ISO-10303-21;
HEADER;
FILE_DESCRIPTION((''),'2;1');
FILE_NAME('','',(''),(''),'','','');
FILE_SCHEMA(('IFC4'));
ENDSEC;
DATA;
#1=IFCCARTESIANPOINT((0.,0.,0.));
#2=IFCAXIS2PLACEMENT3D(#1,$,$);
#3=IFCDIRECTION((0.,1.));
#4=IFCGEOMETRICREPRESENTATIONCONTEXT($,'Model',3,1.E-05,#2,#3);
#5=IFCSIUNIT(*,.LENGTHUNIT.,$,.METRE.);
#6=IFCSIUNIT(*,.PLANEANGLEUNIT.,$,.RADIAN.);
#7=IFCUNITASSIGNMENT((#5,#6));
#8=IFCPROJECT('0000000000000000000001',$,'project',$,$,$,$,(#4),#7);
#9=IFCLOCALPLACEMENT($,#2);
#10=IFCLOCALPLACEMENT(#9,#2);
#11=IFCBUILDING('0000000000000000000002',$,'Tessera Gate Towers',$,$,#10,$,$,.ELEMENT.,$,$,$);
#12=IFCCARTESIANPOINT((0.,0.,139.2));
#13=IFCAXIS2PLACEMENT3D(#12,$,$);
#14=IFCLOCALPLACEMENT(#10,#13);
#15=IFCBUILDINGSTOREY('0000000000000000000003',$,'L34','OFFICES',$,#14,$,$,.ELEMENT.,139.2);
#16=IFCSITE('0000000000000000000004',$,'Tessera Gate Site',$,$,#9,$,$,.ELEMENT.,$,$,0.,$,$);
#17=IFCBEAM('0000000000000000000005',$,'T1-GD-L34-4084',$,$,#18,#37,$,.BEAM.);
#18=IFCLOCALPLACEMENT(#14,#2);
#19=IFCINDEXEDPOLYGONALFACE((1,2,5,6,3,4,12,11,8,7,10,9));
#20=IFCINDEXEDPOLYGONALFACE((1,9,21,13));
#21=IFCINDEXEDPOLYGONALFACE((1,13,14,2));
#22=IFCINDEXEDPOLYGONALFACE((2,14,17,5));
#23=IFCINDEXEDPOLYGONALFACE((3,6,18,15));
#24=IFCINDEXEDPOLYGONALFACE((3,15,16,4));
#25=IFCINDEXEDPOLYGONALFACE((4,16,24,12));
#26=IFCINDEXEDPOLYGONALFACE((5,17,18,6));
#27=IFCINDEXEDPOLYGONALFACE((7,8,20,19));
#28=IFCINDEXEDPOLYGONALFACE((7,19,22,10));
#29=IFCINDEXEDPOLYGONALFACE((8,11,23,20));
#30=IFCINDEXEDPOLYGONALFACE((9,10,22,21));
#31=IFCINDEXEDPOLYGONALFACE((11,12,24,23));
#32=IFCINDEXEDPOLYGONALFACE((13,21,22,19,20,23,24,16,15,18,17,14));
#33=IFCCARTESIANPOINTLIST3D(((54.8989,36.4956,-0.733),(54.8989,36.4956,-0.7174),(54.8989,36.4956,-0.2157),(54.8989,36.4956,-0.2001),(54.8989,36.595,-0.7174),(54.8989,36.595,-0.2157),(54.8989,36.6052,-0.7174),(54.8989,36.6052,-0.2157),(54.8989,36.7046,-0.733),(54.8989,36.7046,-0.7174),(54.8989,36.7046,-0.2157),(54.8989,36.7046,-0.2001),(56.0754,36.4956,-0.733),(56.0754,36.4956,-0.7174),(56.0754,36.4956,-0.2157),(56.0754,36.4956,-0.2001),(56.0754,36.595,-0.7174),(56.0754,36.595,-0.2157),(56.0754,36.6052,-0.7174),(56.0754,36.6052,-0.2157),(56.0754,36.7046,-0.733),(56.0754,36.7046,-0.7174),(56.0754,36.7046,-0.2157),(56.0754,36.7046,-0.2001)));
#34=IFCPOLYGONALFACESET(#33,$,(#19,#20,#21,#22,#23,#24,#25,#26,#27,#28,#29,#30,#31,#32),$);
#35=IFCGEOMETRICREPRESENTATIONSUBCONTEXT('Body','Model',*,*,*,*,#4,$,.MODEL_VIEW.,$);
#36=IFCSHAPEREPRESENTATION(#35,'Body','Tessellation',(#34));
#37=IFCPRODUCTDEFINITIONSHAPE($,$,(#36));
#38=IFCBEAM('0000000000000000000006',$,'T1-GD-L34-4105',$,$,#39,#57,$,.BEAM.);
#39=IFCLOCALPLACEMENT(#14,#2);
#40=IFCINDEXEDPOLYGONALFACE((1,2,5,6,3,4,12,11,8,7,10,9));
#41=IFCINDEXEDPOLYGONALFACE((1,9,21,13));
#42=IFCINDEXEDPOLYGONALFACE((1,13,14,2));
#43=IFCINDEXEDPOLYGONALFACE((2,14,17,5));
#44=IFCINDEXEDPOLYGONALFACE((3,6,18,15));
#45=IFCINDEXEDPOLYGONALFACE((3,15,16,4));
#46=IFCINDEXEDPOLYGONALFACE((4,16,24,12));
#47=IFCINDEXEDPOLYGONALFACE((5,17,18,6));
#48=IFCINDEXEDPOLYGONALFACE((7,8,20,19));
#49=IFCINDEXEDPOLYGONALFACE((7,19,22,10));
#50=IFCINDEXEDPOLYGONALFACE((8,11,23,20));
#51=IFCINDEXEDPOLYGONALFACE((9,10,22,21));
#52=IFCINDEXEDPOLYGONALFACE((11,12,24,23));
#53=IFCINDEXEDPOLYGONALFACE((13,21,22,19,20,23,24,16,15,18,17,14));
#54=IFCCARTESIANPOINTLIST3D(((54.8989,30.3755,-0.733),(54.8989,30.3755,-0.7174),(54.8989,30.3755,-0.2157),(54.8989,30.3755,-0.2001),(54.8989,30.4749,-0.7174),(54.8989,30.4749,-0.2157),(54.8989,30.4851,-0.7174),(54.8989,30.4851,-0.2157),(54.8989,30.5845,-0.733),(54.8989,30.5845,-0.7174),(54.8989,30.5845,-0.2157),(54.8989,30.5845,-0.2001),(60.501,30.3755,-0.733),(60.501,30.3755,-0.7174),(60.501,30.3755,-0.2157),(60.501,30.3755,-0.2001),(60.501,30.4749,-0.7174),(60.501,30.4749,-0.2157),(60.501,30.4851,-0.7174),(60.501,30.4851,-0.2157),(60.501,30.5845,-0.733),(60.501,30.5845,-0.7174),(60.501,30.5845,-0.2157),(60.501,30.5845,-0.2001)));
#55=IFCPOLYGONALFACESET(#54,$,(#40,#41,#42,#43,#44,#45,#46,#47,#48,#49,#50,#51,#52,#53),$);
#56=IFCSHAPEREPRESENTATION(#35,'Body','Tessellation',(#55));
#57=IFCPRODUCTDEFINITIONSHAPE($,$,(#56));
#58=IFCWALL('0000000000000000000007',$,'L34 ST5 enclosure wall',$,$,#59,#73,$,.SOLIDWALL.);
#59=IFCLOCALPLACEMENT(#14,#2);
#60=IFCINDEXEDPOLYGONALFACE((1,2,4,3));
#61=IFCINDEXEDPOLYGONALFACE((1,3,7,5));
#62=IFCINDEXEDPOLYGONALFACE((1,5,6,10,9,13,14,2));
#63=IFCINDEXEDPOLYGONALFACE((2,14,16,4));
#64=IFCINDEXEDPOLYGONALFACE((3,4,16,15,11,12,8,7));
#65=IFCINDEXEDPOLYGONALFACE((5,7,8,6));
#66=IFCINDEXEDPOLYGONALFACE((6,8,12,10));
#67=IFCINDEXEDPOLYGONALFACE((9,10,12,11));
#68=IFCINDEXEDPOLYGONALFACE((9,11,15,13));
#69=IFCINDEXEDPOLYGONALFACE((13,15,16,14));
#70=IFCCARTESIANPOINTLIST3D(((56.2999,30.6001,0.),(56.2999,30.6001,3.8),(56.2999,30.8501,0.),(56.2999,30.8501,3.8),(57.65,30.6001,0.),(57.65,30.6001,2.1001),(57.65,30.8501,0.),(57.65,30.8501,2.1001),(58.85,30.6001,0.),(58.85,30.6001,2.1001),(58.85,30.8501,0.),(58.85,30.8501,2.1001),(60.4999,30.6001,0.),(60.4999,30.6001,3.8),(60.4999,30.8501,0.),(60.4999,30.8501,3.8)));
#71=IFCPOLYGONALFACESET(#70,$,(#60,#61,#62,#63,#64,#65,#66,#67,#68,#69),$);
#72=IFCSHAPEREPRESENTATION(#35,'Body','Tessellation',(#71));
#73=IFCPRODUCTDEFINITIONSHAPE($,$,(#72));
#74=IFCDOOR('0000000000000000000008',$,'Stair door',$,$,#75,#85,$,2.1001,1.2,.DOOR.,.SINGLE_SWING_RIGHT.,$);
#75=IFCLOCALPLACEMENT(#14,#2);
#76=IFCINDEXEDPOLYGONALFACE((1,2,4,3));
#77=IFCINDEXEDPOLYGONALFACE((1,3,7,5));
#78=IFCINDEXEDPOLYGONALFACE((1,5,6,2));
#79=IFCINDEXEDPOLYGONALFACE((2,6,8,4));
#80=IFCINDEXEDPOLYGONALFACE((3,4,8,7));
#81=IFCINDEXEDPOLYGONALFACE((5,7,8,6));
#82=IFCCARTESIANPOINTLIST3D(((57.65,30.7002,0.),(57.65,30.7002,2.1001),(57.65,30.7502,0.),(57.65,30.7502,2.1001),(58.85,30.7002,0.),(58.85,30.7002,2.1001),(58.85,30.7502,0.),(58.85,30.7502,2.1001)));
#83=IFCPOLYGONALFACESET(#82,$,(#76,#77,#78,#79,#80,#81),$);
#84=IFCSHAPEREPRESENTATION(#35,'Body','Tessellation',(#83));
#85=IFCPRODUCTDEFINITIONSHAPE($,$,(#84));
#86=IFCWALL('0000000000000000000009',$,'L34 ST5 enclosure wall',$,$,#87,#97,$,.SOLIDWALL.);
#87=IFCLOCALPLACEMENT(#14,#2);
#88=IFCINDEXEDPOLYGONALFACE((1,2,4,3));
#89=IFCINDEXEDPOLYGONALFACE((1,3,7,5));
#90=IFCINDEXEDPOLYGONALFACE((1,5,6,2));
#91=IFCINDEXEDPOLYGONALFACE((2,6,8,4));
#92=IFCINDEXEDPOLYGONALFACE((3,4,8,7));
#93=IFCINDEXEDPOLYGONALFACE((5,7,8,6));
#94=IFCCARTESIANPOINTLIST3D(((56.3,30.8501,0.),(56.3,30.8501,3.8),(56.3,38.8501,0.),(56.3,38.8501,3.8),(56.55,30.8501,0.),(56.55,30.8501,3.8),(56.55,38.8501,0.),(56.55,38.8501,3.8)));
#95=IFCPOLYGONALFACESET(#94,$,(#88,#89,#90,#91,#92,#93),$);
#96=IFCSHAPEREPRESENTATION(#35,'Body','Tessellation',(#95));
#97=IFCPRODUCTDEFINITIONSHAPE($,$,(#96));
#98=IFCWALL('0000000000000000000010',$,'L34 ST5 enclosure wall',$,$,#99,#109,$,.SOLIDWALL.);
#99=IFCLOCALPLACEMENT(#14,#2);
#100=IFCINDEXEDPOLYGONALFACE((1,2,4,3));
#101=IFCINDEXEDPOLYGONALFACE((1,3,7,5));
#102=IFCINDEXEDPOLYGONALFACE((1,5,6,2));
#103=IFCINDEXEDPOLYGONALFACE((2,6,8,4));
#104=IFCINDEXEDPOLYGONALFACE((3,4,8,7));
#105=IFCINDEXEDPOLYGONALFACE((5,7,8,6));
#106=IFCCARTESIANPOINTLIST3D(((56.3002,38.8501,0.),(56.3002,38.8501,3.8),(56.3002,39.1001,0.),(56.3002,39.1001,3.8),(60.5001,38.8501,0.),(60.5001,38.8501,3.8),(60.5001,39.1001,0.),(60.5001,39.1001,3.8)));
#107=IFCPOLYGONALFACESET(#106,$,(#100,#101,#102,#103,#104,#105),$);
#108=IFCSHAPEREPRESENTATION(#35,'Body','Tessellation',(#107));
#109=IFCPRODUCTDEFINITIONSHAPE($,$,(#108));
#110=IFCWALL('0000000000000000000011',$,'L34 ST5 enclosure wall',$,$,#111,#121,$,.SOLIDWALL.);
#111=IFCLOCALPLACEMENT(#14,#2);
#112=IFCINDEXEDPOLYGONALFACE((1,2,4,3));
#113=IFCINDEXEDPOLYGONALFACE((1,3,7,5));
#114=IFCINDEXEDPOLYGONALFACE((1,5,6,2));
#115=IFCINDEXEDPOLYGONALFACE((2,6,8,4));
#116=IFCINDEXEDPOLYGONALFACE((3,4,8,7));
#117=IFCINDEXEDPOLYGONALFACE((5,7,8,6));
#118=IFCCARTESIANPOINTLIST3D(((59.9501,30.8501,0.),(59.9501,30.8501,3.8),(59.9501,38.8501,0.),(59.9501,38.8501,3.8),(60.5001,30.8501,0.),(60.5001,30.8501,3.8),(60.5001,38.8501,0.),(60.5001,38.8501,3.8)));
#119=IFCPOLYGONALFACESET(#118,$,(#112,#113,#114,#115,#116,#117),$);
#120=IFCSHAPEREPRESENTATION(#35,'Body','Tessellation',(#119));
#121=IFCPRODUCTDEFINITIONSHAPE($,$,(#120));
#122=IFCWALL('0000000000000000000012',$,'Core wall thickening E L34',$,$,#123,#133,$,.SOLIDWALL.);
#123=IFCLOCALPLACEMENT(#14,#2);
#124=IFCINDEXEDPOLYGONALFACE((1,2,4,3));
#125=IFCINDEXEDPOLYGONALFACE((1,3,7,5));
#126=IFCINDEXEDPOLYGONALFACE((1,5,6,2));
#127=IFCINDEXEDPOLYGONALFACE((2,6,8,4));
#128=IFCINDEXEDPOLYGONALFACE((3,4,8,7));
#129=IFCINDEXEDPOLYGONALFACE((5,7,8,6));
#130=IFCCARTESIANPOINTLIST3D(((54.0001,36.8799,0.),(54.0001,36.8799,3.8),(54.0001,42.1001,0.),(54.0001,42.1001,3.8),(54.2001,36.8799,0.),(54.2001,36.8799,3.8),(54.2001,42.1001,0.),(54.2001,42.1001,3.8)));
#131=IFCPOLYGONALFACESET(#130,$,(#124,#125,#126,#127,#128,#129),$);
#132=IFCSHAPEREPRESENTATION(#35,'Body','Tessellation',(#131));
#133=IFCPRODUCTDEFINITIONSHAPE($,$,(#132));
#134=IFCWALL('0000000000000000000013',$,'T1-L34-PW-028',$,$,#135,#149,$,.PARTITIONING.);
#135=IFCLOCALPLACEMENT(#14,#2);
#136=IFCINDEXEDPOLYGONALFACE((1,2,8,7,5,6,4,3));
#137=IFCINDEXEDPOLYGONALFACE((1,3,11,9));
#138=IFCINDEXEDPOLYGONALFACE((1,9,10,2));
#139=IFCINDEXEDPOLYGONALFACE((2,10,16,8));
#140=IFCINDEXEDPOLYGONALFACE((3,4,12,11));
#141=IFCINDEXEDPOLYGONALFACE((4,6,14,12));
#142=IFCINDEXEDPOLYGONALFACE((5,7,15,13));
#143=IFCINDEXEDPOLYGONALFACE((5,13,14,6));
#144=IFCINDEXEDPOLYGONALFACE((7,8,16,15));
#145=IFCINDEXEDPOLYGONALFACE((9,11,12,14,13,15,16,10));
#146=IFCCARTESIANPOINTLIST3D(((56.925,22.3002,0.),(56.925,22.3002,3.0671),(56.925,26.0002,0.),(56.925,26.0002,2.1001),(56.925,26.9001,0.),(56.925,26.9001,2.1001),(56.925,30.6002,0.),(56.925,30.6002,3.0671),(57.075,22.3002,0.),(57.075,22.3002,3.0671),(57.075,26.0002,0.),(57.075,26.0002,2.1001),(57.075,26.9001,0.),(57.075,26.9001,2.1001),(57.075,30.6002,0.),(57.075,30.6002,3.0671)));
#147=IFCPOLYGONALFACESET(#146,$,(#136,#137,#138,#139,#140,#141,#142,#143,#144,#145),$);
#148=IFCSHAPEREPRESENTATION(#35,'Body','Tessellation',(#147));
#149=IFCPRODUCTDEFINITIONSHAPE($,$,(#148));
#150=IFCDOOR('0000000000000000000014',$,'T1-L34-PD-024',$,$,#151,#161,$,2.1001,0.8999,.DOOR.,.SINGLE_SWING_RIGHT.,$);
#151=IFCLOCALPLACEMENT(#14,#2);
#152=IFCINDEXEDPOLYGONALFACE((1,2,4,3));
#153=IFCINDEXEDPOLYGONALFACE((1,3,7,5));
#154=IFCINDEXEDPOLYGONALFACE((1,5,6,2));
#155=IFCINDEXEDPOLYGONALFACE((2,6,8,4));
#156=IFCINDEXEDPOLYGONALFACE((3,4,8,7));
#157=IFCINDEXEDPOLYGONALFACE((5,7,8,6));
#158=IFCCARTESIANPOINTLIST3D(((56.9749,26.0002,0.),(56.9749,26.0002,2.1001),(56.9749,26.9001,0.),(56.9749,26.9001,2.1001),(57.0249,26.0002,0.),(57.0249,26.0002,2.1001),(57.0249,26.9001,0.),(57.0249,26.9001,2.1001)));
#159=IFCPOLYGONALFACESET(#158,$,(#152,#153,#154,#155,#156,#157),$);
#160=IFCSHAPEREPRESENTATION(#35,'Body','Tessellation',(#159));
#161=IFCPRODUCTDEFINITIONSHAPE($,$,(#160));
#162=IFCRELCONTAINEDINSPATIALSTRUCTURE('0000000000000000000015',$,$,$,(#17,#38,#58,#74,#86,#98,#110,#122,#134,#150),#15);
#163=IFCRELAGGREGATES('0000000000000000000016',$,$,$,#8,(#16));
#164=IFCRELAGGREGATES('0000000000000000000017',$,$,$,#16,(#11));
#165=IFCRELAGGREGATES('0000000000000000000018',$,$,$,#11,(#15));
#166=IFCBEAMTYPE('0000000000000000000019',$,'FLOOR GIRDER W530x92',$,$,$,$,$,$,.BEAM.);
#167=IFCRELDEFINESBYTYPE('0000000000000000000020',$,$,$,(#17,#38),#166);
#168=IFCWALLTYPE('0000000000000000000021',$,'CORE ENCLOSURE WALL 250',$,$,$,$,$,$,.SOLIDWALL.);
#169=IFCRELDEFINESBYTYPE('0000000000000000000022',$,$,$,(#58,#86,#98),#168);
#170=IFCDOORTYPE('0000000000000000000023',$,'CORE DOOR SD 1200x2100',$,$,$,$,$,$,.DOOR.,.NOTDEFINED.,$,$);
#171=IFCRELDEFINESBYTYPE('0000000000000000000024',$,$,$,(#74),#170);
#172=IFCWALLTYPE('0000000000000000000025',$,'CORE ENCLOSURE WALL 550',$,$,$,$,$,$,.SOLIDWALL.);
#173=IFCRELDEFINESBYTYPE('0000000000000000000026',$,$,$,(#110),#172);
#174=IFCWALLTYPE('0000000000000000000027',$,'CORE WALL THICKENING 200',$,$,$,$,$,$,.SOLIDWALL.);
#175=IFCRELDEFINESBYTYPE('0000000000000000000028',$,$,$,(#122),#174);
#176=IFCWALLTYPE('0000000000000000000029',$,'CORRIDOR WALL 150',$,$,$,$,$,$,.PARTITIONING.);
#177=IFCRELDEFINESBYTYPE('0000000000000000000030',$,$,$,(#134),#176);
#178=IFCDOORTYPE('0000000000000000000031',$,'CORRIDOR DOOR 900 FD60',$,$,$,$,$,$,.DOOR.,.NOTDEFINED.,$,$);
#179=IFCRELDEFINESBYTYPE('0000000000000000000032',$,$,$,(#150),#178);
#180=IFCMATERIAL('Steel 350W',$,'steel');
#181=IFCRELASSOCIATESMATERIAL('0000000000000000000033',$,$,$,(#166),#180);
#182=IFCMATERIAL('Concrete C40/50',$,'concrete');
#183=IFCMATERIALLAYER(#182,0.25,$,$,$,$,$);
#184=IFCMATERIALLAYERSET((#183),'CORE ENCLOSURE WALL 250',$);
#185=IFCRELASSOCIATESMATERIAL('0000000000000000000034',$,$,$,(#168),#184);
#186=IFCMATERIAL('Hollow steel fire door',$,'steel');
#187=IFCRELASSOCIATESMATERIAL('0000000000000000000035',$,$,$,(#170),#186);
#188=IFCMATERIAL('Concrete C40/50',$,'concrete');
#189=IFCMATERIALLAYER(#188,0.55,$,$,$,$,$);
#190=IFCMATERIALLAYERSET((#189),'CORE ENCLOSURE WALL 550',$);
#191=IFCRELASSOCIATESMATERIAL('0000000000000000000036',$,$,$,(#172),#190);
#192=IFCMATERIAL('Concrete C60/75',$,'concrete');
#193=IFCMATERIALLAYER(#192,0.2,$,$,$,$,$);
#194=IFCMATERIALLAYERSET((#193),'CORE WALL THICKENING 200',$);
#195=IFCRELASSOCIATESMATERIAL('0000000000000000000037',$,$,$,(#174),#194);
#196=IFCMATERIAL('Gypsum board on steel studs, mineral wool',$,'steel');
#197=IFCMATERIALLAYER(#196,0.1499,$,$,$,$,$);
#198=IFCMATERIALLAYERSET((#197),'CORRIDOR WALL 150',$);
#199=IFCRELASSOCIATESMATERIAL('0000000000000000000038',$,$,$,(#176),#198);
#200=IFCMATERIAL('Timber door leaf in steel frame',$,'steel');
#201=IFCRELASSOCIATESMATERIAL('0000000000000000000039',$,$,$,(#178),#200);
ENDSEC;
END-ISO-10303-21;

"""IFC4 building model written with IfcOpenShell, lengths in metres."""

from ifc_helpers import new_model, si_unit, direction, frame, frame_2d, origin, origin_2d, place, context, subcontext, project, spatial, rectangle, i_section, extrude, source, transform, mapped, material, layer, layer_set, material_profile, profile_set, type_object, element, fill, save


model = new_model("IFC4")

# Units and contexts
model_context = context("Model", 3, precision=1e-05, world=origin(), true_north=direction((0.0, 1.0)))
body_context = subcontext(model_context, "Body", "Model", "MODEL_VIEW")
ifc_project = project(units=[si_unit("LENGTHUNIT", "METRE"), si_unit("PLANEANGLEUNIT", "RADIAN")], contexts=[model_context])

# Site, building, storey
site_placement = place(None, origin())
site = spatial("IfcSite", under=ifc_project, at=site_placement, Name="Tessera Gate Site", CompositionType="ELEMENT", RefElevation=0.0)
building_placement = place(site_placement, origin())
building = spatial("IfcBuilding", under=site, at=building_placement, Name="Tessera Gate Towers", CompositionType="ELEMENT")
storey_placement = place(building_placement, frame((0.0, 0.0, 139.2)))
storey = spatial("IfcBuildingStorey", under=building, at=storey_placement, Name="L34", Description="OFFICES", CompositionType="ELEMENT", Elevation=139.2)

# Beams
ifc_material_1 = material(Name="Steel 350W", Category="steel")
ifc_material_profile = material_profile(ifc_material_1, i_section(OverallWidth=0.209, OverallDepth=0.533, WebThickness=0.0103, FlangeThickness=0.0156, at=origin_2d()), Name="W530x92")
ifc_profile_set = profile_set([ifc_material_profile], Name="Steel 350W")
beam_type = type_object("IfcBeamType", Name="FLOOR GIRDER W530x92", PredefinedType="BEAM", material=ifc_profile_set)
beam_1_placement = place(storey_placement, frame((54.8989, 36.6001, -0.4666), z_axis=(1.0, 0.0, 0.0), x_axis=(0.0, 1.0, 0.0)))
element("IfcBeam", 1, at=beam_1_placement, inside=storey, type_object=beam_type, Name="T1-GD-L34-4084", PredefinedType="BEAM", context=body_context, shape_type="SweptSolid", body=[
    extrude(i_section(OverallWidth=0.209, OverallDepth=0.533, WebThickness=0.0103, FlangeThickness=0.0156, at=origin_2d()), origin(), (0.0, 0.0, 1.0), 1.1765),
])
beam_2_placement = place(storey_placement, frame((54.8989, 30.48, -0.4666), z_axis=(1.0, 0.0, 0.0), x_axis=(0.0, 1.0, 0.0)))
element("IfcBeam", 2, at=beam_2_placement, inside=storey, type_object=beam_type, Name="T1-GD-L34-4105", PredefinedType="BEAM", context=body_context, shape_type="SweptSolid", body=[
    extrude(i_section(OverallWidth=0.209, OverallDepth=0.533, WebThickness=0.0103, FlangeThickness=0.0156, at=origin_2d()), origin(), (0.0, 0.0, 1.0), 5.6021),
])

# Wall, opening, door
ifc_material_2 = material(Name="Concrete C40/50", Category="concrete")
ifc_layer_1 = layer(ifc_material_2, 0.25)
ifc_layer_set_1 = layer_set([ifc_layer_1], Name="CORE ENCLOSURE WALL 250")
wall_type_1 = type_object("IfcWallType", Name="CORE ENCLOSURE WALL 250", PredefinedType="SOLIDWALL", material=ifc_layer_set_1)
wall_1_placement = place(storey_placement, frame((60.5, 30.7251, 0.0), z_axis=(0.0, 0.0, 1.0), x_axis=(-1.0, 0.0, 0.0)))
wall_1 = element("IfcWall", 3, at=wall_1_placement, inside=storey, type_object=wall_type_1, Name="L34 ST5 enclosure wall", PredefinedType="SOLIDWALL", context=body_context, shape_type="SweptSolid", body=[
    extrude(rectangle(XDim=4.2, YDim=0.25, at=frame_2d((2.1001, 0.0))), origin(), (0.0, 0.0, 1.0), 3.8),
])
shared_shape_1 = source(origin(), body_context, "Body", "SweptSolid", [
    extrude(rectangle(XDim=1.2, YDim=2.1001, at=frame_2d((0.6001, 1.05))), frame((0.0, 0.135, 0.0), z_axis=(0.0, -1.0, 0.0), x_axis=(1.0, 0.0, 0.0)), (0.0, 0.0, 1.0), 0.27),
])
opening_1_placement = place(wall_1_placement, frame((1.6499, 0.0, 0.0)))
opening_1 = element("IfcOpeningElement", 4, at=opening_1_placement, cuts=wall_1, PredefinedType="OPENING", context=body_context, shape_type="MappedRepresentation", body=[
    mapped(shared_shape_1, transform((0.0, 0.0, 0.0), scale=1.0)),
])
ifc_material_3 = material(Name="Hollow steel fire door", Category="steel")
door_type_1 = type_object("IfcDoorType", Name="CORE DOOR SD 1200x2100", OperationType="NOTDEFINED", PredefinedType="DOOR", material=ifc_material_3)
shared_shape_2 = source(origin(), body_context, "Body", "SweptSolid", [
    extrude(rectangle(XDim=1.2, YDim=2.1001, at=frame_2d((0.6001, 1.05))), frame((0.0, 0.0249, 0.0), z_axis=(0.0, -1.0, 0.0), x_axis=(1.0, 0.0, 0.0)), (0.0, 0.0, 1.0), 0.05),
])
door_1_placement = place(opening_1_placement, origin())
door_1 = element("IfcDoor", 5, at=door_1_placement, inside=storey, type_object=door_type_1, Name="Stair door", OperationType="SINGLE_SWING_RIGHT", OverallHeight=2.1001, OverallWidth=1.2, PredefinedType="DOOR", context=body_context, shape_type="MappedRepresentation", body=[
    mapped(shared_shape_2, transform((0.0, 0.0, 0.0), scale=1.0)),
])
fill(opening_1, door_1)

# Walls
wall_2_placement = place(storey_placement, frame((56.425, 30.8501, 0.0), z_axis=(0.0, 0.0, 1.0), x_axis=(0.0, 1.0, 0.0)))
element("IfcWall", 6, at=wall_2_placement, inside=storey, type_object=wall_type_1, Name="L34 ST5 enclosure wall", PredefinedType="SOLIDWALL", context=body_context, shape_type="SweptSolid", body=[
    extrude(rectangle(XDim=8.0, YDim=0.25, at=frame_2d((4.0, 0.0))), origin(), (0.0, 0.0, 1.0), 3.8),
])
wall_3_placement = place(storey_placement, frame((56.3, 38.9751, 0.0), z_axis=(0.0, 0.0, 1.0), x_axis=(1.0, 0.0, 0.0)))
element("IfcWall", 7, at=wall_3_placement, inside=storey, type_object=wall_type_1, Name="L34 ST5 enclosure wall", PredefinedType="SOLIDWALL", context=body_context, shape_type="SweptSolid", body=[
    extrude(rectangle(XDim=4.2, YDim=0.25, at=frame_2d((2.1001, 0.0))), origin(), (0.0, 0.0, 1.0), 3.8),
])
ifc_material_4 = material(Name="Concrete C40/50", Category="concrete")
ifc_layer_2 = layer(ifc_material_4, 0.55)
ifc_layer_set_2 = layer_set([ifc_layer_2], Name="CORE ENCLOSURE WALL 550")
wall_type_2 = type_object("IfcWallType", Name="CORE ENCLOSURE WALL 550", PredefinedType="SOLIDWALL", material=ifc_layer_set_2)
wall_4_placement = place(storey_placement, frame((60.2251, 38.8501, 0.0), z_axis=(0.0, 0.0, 1.0), x_axis=(0.0, -1.0, 0.0)))
element("IfcWall", 8, at=wall_4_placement, inside=storey, type_object=wall_type_2, Name="L34 ST5 enclosure wall", PredefinedType="SOLIDWALL", context=body_context, shape_type="SweptSolid", body=[
    extrude(rectangle(XDim=8.0, YDim=0.55, at=frame_2d((4.0, 0.0))), origin(), (0.0, 0.0, 1.0), 3.8),
])
ifc_material_5 = material(Name="Concrete C60/75", Category="concrete")
ifc_layer_3 = layer(ifc_material_5, 0.2)
ifc_layer_set_3 = layer_set([ifc_layer_3], Name="CORE WALL THICKENING 200")
wall_type_3 = type_object("IfcWallType", Name="CORE WALL THICKENING 200", PredefinedType="SOLIDWALL", material=ifc_layer_set_3)
wall_5_placement = place(storey_placement, frame((54.1001, 36.8799, 0.0), z_axis=(0.0, 0.0, 1.0), x_axis=(0.0, 1.0, 0.0)))
element("IfcWall", 9, at=wall_5_placement, inside=storey, type_object=wall_type_3, Name="Core wall thickening E L34", PredefinedType="SOLIDWALL", context=body_context, shape_type="SweptSolid", body=[
    extrude(rectangle(XDim=5.2202, YDim=0.2, at=frame_2d((2.6101, 0.0))), origin(), (0.0, 0.0, 1.0), 3.8),
])

# Wall, opening, door
ifc_material_6 = material(Name="Gypsum board on steel studs, mineral wool", Category="steel")
ifc_layer_4 = layer(ifc_material_6, 0.1499)
ifc_layer_set_4 = layer_set([ifc_layer_4], Name="CORRIDOR WALL 150")
wall_type_4 = type_object("IfcWallType", Name="CORRIDOR WALL 150", PredefinedType="PARTITIONING", material=ifc_layer_set_4)
wall_6_placement = place(storey_placement, frame((57.0, 30.6001, 0.0), z_axis=(0.0, 0.0, 1.0), x_axis=(0.0, -1.0, 0.0)))
wall_6 = element("IfcWall", 10, at=wall_6_placement, inside=storey, type_object=wall_type_4, Name="T1-L34-PW-028", PredefinedType="PARTITIONING", context=body_context, shape_type="SweptSolid", body=[
    extrude(rectangle(XDim=8.3, YDim=0.1499, at=frame_2d((4.1499, 0.0))), origin(), (0.0, 0.0, 1.0), 3.0671),
])
shared_shape_3 = source(origin(), body_context, "Body", "SweptSolid", [
    extrude(rectangle(XDim=0.8999, YDim=2.1001, at=frame_2d((0.45, 1.05))), frame((0.0, 0.085, 0.0), z_axis=(0.0, -1.0, 0.0), x_axis=(1.0, 0.0, 0.0)), (0.0, 0.0, 1.0), 0.1699),
])
opening_2_placement = place(wall_6_placement, frame((3.7, 0.0, 0.0)))
opening_2 = element("IfcOpeningElement", 11, at=opening_2_placement, cuts=wall_6, PredefinedType="OPENING", context=body_context, shape_type="MappedRepresentation", body=[
    mapped(shared_shape_3, transform((0.0, 0.0, 0.0), scale=1.0)),
])
ifc_material_7 = material(Name="Timber door leaf in steel frame", Category="steel")
door_type_2 = type_object("IfcDoorType", Name="CORRIDOR DOOR 900 FD60", OperationType="NOTDEFINED", PredefinedType="DOOR", material=ifc_material_7)
shared_shape_4 = source(origin(), body_context, "Body", "SweptSolid", [
    extrude(rectangle(XDim=0.8999, YDim=2.1001, at=frame_2d((0.45, 1.05))), frame((0.0, 0.0249, 0.0), z_axis=(0.0, -1.0, 0.0), x_axis=(1.0, 0.0, 0.0)), (0.0, 0.0, 1.0), 0.05),
])
door_2_placement = place(opening_2_placement, origin())
door_2 = element("IfcDoor", 12, at=door_2_placement, inside=storey, type_object=door_type_2, Name="T1-L34-PD-024", OperationType="SINGLE_SWING_RIGHT", OverallHeight=2.1001, OverallWidth=0.8999, PredefinedType="DOOR", context=body_context, shape_type="MappedRepresentation", body=[
    mapped(shared_shape_4, transform((0.0, 0.0, 0.0), scale=1.0)),
])
fill(opening_2, door_2)

save(model, "model.ifc")
